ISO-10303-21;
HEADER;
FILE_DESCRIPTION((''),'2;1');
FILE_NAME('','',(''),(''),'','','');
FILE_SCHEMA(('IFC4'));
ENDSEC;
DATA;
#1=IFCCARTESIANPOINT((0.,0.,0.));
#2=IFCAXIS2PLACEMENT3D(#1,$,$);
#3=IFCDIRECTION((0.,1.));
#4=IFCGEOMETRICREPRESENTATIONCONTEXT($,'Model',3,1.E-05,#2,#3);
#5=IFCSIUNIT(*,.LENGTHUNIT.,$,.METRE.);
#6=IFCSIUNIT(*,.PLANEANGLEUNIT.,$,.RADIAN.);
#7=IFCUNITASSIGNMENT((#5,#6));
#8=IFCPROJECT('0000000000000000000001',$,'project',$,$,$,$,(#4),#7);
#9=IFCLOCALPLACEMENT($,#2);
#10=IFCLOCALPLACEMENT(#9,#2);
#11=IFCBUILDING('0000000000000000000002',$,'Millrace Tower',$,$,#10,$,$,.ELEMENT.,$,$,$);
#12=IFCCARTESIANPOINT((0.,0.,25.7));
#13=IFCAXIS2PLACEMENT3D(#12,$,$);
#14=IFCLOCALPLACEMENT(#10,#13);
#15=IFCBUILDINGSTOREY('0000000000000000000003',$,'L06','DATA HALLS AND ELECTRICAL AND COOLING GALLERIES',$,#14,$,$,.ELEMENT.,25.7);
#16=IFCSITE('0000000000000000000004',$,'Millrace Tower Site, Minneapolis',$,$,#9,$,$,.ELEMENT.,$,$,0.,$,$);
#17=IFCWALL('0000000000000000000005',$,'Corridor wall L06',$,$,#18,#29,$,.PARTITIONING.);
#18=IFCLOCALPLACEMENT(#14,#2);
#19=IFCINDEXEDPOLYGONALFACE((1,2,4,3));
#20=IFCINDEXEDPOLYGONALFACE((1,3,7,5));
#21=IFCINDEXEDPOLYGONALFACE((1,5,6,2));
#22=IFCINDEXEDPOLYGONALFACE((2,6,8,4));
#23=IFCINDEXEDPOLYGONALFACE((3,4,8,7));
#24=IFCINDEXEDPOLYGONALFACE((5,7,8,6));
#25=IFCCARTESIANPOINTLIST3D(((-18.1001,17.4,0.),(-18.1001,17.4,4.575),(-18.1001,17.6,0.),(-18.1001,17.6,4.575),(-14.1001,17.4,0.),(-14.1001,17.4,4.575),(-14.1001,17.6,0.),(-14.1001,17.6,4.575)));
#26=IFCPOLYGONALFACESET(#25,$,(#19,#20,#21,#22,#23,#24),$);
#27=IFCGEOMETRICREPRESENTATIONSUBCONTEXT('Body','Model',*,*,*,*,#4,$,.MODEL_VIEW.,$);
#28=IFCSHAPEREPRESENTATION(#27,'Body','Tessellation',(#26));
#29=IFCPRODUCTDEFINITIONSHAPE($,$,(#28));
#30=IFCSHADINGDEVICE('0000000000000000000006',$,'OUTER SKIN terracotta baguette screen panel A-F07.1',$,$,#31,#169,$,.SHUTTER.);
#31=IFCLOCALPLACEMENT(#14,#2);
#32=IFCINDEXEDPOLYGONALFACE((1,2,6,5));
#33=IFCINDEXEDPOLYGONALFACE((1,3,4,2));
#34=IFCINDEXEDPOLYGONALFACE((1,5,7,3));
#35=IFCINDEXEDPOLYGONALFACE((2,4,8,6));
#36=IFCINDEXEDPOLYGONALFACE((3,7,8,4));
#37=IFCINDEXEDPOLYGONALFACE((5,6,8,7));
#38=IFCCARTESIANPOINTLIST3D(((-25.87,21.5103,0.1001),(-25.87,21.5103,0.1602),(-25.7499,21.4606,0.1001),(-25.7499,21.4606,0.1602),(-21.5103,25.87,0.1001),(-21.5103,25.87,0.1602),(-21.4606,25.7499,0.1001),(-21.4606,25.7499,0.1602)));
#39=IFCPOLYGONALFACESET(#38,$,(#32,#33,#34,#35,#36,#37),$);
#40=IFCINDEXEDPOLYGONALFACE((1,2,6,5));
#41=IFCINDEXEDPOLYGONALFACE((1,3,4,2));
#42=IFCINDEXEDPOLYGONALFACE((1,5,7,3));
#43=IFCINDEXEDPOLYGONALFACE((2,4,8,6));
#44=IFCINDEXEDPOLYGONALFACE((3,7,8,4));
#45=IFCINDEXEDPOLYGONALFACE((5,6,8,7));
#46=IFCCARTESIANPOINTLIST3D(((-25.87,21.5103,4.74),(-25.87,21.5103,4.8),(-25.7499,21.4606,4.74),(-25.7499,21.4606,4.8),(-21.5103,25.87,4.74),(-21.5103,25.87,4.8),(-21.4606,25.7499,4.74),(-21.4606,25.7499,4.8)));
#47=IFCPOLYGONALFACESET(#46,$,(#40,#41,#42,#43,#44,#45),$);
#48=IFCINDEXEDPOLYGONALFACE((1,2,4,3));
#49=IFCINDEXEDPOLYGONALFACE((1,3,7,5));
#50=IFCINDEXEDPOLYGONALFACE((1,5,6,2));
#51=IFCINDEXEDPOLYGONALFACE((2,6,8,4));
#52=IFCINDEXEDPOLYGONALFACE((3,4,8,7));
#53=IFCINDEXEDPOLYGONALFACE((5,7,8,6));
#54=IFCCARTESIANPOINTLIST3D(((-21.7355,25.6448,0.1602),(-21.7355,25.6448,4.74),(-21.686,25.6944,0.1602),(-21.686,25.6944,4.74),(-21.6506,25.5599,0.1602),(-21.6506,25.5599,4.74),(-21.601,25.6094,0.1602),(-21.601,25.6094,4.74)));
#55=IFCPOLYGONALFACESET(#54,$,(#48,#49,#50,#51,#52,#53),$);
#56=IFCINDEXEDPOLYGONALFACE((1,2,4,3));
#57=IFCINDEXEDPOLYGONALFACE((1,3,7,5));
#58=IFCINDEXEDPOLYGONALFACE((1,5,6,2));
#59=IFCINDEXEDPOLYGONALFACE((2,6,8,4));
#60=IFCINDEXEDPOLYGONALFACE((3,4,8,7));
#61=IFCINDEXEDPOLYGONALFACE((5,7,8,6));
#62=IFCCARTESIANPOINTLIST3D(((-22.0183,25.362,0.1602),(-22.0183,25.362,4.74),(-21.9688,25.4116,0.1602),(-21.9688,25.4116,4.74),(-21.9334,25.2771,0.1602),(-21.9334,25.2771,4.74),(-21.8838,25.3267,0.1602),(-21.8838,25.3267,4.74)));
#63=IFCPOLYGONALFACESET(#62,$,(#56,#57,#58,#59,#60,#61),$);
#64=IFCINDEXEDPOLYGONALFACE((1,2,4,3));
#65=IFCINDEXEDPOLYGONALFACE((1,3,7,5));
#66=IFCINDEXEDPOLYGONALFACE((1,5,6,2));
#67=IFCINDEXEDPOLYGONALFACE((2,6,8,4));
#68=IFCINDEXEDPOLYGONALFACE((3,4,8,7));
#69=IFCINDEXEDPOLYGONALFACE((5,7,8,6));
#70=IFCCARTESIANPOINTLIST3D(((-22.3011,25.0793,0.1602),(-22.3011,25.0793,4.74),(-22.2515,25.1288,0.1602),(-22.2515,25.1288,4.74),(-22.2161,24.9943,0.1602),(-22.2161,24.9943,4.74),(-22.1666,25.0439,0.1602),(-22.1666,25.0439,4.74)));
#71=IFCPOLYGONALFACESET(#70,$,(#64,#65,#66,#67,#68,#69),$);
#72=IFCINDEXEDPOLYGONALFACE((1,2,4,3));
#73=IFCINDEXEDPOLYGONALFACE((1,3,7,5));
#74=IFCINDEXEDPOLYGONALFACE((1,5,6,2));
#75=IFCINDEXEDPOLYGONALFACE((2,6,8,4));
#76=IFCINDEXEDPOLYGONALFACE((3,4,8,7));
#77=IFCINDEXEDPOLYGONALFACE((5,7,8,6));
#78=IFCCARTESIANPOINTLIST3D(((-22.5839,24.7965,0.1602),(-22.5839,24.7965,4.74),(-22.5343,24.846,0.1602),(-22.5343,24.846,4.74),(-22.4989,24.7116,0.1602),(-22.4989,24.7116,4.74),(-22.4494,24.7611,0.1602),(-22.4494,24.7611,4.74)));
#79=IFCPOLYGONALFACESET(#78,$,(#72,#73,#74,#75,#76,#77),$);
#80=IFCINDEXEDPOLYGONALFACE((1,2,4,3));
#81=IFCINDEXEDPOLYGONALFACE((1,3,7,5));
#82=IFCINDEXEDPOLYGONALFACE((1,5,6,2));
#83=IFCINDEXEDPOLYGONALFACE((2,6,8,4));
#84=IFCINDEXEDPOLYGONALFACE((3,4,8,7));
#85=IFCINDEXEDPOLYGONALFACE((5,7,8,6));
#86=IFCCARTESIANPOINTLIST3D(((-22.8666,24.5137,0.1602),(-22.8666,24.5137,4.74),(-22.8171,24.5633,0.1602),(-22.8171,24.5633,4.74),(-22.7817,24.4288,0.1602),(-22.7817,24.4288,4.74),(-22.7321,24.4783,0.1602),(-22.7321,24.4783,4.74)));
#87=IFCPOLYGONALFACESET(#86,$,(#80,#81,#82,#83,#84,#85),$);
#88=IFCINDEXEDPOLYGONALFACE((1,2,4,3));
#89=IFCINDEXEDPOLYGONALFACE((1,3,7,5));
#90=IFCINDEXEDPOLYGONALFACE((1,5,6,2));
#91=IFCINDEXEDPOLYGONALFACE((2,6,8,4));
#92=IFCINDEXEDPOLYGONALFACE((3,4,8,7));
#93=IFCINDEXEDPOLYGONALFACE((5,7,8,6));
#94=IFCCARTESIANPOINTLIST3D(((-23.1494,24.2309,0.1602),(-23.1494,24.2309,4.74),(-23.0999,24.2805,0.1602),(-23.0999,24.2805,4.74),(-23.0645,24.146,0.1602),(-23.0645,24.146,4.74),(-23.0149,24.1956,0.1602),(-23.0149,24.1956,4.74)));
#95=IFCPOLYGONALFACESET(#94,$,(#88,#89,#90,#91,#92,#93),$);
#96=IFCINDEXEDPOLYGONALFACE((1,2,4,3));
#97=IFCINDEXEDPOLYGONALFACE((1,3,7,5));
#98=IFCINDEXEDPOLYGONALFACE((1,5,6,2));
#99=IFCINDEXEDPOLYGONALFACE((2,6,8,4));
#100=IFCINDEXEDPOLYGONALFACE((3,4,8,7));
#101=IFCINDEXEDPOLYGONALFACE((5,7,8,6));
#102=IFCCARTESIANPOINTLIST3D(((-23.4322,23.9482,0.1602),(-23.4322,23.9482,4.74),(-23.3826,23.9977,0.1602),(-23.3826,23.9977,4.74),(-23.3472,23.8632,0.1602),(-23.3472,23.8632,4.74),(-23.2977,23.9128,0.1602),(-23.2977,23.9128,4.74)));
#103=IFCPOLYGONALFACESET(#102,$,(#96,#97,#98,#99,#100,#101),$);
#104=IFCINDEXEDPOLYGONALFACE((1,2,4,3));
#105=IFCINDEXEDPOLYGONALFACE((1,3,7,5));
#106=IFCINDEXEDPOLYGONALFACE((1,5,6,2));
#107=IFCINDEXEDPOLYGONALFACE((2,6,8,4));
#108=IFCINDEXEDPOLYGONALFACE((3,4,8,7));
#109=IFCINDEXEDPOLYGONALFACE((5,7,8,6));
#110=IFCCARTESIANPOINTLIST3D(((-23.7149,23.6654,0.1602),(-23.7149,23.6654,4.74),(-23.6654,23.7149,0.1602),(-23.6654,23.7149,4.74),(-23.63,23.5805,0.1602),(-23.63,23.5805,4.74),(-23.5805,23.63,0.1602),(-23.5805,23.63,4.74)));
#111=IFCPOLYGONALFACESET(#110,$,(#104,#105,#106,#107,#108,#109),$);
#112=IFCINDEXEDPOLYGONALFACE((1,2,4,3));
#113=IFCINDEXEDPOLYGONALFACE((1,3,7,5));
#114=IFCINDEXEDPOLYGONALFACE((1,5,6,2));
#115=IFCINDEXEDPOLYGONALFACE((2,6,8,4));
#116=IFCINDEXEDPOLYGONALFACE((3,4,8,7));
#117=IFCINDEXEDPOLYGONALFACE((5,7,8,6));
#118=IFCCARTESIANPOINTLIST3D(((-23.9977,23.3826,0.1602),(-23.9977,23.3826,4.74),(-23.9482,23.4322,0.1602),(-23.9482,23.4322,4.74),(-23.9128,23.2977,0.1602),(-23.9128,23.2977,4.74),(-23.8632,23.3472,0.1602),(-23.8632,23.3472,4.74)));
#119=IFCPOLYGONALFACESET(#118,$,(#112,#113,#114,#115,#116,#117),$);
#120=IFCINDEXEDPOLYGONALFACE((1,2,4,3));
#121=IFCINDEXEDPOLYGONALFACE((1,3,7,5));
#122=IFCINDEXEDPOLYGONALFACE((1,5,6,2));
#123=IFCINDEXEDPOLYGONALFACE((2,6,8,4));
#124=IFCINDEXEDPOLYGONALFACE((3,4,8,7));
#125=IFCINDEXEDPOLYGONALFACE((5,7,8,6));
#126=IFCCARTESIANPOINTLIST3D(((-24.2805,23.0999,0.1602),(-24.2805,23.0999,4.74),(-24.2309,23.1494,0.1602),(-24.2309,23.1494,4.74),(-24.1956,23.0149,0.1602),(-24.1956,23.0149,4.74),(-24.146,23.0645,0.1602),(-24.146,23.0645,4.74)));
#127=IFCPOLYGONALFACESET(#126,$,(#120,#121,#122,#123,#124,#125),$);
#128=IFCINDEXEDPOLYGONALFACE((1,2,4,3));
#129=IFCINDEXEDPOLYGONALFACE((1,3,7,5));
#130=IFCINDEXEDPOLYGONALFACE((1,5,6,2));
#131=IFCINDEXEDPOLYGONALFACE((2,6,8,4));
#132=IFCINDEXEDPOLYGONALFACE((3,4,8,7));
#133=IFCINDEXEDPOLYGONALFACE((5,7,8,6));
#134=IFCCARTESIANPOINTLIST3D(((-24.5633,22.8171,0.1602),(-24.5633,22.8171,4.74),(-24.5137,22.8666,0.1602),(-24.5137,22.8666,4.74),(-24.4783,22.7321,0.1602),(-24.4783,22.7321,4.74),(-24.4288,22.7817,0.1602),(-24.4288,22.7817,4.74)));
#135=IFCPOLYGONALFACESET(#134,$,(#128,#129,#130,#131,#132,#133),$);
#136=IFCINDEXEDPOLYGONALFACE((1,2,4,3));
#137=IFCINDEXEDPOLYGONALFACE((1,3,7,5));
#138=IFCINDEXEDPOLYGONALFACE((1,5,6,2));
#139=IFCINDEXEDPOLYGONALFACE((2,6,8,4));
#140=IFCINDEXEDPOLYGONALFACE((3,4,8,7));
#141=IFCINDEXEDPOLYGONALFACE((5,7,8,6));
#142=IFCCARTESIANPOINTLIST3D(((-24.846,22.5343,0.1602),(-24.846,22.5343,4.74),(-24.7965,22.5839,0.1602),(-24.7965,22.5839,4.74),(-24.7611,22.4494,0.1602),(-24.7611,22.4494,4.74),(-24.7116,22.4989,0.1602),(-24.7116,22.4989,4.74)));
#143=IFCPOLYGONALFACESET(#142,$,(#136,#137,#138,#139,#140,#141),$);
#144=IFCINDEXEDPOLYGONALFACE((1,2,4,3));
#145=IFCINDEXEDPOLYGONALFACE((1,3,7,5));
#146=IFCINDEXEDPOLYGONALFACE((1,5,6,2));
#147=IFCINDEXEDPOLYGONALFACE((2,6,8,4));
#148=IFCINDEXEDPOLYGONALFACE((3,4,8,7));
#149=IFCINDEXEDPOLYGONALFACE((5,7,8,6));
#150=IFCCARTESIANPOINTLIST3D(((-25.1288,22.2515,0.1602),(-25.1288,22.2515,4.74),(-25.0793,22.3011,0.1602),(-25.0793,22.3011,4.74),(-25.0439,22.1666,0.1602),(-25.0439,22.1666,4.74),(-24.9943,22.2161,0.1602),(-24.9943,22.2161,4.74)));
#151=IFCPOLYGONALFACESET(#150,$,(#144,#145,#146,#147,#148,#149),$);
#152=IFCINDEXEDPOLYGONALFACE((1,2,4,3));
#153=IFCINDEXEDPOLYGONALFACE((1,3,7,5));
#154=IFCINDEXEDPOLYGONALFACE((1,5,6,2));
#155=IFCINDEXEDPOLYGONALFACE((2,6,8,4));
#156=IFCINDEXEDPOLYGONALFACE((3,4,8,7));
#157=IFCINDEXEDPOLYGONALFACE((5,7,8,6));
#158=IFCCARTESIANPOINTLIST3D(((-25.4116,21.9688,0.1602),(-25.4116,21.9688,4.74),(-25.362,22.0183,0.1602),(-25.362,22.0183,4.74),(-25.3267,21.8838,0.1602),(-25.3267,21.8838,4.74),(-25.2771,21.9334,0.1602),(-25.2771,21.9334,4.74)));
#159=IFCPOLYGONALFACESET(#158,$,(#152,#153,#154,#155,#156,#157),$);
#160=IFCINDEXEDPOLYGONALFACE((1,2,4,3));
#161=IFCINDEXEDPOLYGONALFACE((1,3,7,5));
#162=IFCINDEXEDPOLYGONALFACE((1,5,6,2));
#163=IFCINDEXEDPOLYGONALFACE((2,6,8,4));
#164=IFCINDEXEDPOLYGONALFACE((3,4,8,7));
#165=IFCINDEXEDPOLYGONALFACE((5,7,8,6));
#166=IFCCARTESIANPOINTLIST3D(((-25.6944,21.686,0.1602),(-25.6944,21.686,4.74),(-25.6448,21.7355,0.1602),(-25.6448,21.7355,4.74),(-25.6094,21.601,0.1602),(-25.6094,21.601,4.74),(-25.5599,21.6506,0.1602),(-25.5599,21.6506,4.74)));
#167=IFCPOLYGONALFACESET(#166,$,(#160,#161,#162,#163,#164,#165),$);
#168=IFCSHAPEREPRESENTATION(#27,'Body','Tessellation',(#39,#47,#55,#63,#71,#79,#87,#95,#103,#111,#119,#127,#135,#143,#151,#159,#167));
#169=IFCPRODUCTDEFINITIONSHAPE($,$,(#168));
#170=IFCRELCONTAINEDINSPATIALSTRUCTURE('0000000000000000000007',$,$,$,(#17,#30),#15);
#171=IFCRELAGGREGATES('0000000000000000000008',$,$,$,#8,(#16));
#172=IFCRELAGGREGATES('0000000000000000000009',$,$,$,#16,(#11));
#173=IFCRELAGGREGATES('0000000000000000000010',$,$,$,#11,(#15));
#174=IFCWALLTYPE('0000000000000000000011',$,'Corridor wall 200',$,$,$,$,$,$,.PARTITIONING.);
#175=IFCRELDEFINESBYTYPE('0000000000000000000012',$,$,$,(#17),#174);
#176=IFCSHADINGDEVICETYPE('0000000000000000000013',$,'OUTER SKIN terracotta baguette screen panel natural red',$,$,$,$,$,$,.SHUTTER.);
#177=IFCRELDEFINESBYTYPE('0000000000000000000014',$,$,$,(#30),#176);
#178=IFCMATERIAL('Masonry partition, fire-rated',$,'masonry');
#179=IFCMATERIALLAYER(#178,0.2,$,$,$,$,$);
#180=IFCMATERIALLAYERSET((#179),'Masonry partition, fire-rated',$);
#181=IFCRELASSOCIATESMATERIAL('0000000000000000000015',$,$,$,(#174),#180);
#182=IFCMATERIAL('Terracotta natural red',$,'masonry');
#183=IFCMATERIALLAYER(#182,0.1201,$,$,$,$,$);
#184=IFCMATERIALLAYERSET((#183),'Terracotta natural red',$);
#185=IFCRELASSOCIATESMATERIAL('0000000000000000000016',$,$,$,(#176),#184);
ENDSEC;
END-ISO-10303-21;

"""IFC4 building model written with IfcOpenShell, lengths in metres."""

from ifc_helpers import new_model, entity, si_unit, direction, frame, frame_2d, origin, origin_2d, place, context, subcontext, project, spatial, rectangle, extrude, source, transform, mapped, material, layer, layer_set, type_object, element, save


model = new_model("IFC4")

# Units and contexts
model_context = context("Model", 3, precision=1e-05, world=origin(), true_north=direction((0.0, 1.0)))
body_context = subcontext(model_context, "Body", "Model", "MODEL_VIEW")
ifc_project = project(units=[si_unit("LENGTHUNIT", "METRE"), si_unit("PLANEANGLEUNIT", "RADIAN")], contexts=[model_context])

# Site, building, storey
site_placement = place(None, origin())
site = spatial("IfcSite", under=ifc_project, at=site_placement, Name="Millrace Tower Site, Minneapolis", CompositionType="ELEMENT", RefElevation=0.0)
building_placement = place(site_placement, origin())
building = spatial("IfcBuilding", under=site, at=building_placement, Name="Millrace Tower", CompositionType="ELEMENT")
storey_placement = place(building_placement, frame((0.0, 0.0, 25.7)))
storey = spatial("IfcBuildingStorey", under=building, at=storey_placement, Name="L06", Description="DATA HALLS AND ELECTRICAL AND COOLING GALLERIES", CompositionType="ELEMENT", Elevation=25.7)

# Wall
ifc_material_1 = material(Name="Masonry partition, fire-rated", Category="masonry")
ifc_layer_1 = layer(ifc_material_1, 0.2)
ifc_layer_set_1 = layer_set([ifc_layer_1], Name="Masonry partition, fire-rated")
wall_type = type_object("IfcWallType", Name="Corridor wall 200", PredefinedType="PARTITIONING", material=ifc_layer_set_1)
wall_placement = place(storey_placement, frame((-18.1001, 17.5, 0.0), z_axis=(0.0, 0.0, 1.0), x_axis=(1.0, 0.0, 0.0)))
element("IfcWall", 1, at=wall_placement, inside=storey, type_object=wall_type, Name="Corridor wall L06", PredefinedType="PARTITIONING", context=body_context, shape_type="SweptSolid", body=[
    extrude(rectangle(XDim=4.0, YDim=0.2, at=frame_2d((2.0, 0.0))), origin(), (0.0, 0.0, 1.0), 4.575),
])

# Shading device
ifc_material_2 = material(Name="Terracotta natural red", Category="masonry")
ifc_layer_2 = layer(ifc_material_2, 0.1201)
ifc_layer_set_2 = layer_set([ifc_layer_2], Name="Terracotta natural red")
shading_device_type_1 = type_object("IfcShadingDeviceType", Name="OUTER SKIN terracotta baguette screen panel natural red", PredefinedType="SHUTTER", material=ifc_layer_set_2)
cartesian_point_1 = entity("IfcCartesianPoint", [-3.033, 0.0601])
shared_polyline_1 = entity("IfcPolyline", [cartesian_point_1, entity("IfcCartesianPoint", [3.033, 0.0601]), entity("IfcCartesianPoint", [3.0828, -0.0601]), entity("IfcCartesianPoint", [-3.0828, -0.0601]), cartesian_point_1])
shared_shape_1 = source(origin(), body_context, "Body", "SweptSolid", [
    entity("IfcExtrudedAreaSolid", entity("IfcArbitraryClosedProfileDef", "AREA", None, shared_polyline_1), entity("IfcAxis2Placement3D", entity("IfcCartesianPoint", [0.0, 0.0, 0.0])), entity("IfcDirection", [0.0, 0.0, 1.0]), 0.0601),
    entity("IfcExtrudedAreaSolid", entity("IfcArbitraryClosedProfileDef", "AREA", None, shared_polyline_1), entity("IfcAxis2Placement3D", entity("IfcCartesianPoint", [0.0, 0.0, 4.6399])), entity("IfcDirection", [0.0, 0.0, 1.0]), 0.0601),
    extrude(rectangle(XDim=0.0701, YDim=0.1201, at=frame_2d((-2.7993, 0.0))), frame((0.0, 0.0, 0.0601)), (0.0, 0.0, 1.0), 4.5798),
    extrude(rectangle(XDim=0.0701, YDim=0.1201, at=frame_2d((-2.3994, 0.0))), frame((0.0, 0.0, 0.0601)), (0.0, 0.0, 1.0), 4.5798),
    extrude(rectangle(XDim=0.0701, YDim=0.1201, at=frame_2d((-1.9995, 0.0))), frame((0.0, 0.0, 0.0601)), (0.0, 0.0, 1.0), 4.5798),
    extrude(rectangle(XDim=0.0701, YDim=0.1201, at=frame_2d((-1.5996, 0.0))), frame((0.0, 0.0, 0.0601)), (0.0, 0.0, 1.0), 4.5798),
    extrude(rectangle(XDim=0.0701, YDim=0.1201, at=frame_2d((-1.1997, 0.0))), frame((0.0, 0.0, 0.0601)), (0.0, 0.0, 1.0), 4.5798),
    extrude(rectangle(XDim=0.0701, YDim=0.1201, at=frame_2d((-0.7998, 0.0))), frame((0.0, 0.0, 0.0601)), (0.0, 0.0, 1.0), 4.5798),
    extrude(rectangle(XDim=0.0701, YDim=0.1201, at=frame_2d((-0.3999, 0.0))), frame((0.0, 0.0, 0.0601)), (0.0, 0.0, 1.0), 4.5798),
    extrude(rectangle(XDim=0.0701, YDim=0.1201, at=origin_2d()), frame((0.0, 0.0, 0.0601)), (0.0, 0.0, 1.0), 4.5798),
    extrude(rectangle(XDim=0.0701, YDim=0.1201, at=frame_2d((0.3999, 0.0))), frame((0.0, 0.0, 0.0601)), (0.0, 0.0, 1.0), 4.5798),
    extrude(rectangle(XDim=0.0701, YDim=0.1201, at=frame_2d((0.7998, 0.0))), frame((0.0, 0.0, 0.0601)), (0.0, 0.0, 1.0), 4.5798),
    extrude(rectangle(XDim=0.0701, YDim=0.1201, at=frame_2d((1.1997, 0.0))), frame((0.0, 0.0, 0.0601)), (0.0, 0.0, 1.0), 4.5798),
    extrude(rectangle(XDim=0.0701, YDim=0.1201, at=frame_2d((1.5996, 0.0))), frame((0.0, 0.0, 0.0601)), (0.0, 0.0, 1.0), 4.5798),
    extrude(rectangle(XDim=0.0701, YDim=0.1201, at=frame_2d((1.9995, 0.0))), frame((0.0, 0.0, 0.0601)), (0.0, 0.0, 1.0), 4.5798),
    extrude(rectangle(XDim=0.0701, YDim=0.1201, at=frame_2d((2.3994, 0.0))), frame((0.0, 0.0, 0.0601)), (0.0, 0.0, 1.0), 4.5798),
    extrude(rectangle(XDim=0.0701, YDim=0.1201, at=frame_2d((2.7993, 0.0))), frame((0.0, 0.0, 0.0601)), (0.0, 0.0, 1.0), 4.5798),
])
shading_device_1_placement = place(storey_placement, frame((-23.6477, 23.6477, 0.1001), z_axis=(0.0, 0.0, 1.0), x_axis=(-0.707107, -0.707107, 0.0)))
element("IfcShadingDevice", 2, at=shading_device_1_placement, inside=storey, type_object=shading_device_type_1, Name="OUTER SKIN terracotta baguette screen panel A-F07.1", PredefinedType="SHUTTER", context=body_context, shape_type="MappedRepresentation", body=[
    mapped(shared_shape_1, transform((0.0, 0.0, 0.0), scale=1.0)),
])

save(model, "model.ifc")
